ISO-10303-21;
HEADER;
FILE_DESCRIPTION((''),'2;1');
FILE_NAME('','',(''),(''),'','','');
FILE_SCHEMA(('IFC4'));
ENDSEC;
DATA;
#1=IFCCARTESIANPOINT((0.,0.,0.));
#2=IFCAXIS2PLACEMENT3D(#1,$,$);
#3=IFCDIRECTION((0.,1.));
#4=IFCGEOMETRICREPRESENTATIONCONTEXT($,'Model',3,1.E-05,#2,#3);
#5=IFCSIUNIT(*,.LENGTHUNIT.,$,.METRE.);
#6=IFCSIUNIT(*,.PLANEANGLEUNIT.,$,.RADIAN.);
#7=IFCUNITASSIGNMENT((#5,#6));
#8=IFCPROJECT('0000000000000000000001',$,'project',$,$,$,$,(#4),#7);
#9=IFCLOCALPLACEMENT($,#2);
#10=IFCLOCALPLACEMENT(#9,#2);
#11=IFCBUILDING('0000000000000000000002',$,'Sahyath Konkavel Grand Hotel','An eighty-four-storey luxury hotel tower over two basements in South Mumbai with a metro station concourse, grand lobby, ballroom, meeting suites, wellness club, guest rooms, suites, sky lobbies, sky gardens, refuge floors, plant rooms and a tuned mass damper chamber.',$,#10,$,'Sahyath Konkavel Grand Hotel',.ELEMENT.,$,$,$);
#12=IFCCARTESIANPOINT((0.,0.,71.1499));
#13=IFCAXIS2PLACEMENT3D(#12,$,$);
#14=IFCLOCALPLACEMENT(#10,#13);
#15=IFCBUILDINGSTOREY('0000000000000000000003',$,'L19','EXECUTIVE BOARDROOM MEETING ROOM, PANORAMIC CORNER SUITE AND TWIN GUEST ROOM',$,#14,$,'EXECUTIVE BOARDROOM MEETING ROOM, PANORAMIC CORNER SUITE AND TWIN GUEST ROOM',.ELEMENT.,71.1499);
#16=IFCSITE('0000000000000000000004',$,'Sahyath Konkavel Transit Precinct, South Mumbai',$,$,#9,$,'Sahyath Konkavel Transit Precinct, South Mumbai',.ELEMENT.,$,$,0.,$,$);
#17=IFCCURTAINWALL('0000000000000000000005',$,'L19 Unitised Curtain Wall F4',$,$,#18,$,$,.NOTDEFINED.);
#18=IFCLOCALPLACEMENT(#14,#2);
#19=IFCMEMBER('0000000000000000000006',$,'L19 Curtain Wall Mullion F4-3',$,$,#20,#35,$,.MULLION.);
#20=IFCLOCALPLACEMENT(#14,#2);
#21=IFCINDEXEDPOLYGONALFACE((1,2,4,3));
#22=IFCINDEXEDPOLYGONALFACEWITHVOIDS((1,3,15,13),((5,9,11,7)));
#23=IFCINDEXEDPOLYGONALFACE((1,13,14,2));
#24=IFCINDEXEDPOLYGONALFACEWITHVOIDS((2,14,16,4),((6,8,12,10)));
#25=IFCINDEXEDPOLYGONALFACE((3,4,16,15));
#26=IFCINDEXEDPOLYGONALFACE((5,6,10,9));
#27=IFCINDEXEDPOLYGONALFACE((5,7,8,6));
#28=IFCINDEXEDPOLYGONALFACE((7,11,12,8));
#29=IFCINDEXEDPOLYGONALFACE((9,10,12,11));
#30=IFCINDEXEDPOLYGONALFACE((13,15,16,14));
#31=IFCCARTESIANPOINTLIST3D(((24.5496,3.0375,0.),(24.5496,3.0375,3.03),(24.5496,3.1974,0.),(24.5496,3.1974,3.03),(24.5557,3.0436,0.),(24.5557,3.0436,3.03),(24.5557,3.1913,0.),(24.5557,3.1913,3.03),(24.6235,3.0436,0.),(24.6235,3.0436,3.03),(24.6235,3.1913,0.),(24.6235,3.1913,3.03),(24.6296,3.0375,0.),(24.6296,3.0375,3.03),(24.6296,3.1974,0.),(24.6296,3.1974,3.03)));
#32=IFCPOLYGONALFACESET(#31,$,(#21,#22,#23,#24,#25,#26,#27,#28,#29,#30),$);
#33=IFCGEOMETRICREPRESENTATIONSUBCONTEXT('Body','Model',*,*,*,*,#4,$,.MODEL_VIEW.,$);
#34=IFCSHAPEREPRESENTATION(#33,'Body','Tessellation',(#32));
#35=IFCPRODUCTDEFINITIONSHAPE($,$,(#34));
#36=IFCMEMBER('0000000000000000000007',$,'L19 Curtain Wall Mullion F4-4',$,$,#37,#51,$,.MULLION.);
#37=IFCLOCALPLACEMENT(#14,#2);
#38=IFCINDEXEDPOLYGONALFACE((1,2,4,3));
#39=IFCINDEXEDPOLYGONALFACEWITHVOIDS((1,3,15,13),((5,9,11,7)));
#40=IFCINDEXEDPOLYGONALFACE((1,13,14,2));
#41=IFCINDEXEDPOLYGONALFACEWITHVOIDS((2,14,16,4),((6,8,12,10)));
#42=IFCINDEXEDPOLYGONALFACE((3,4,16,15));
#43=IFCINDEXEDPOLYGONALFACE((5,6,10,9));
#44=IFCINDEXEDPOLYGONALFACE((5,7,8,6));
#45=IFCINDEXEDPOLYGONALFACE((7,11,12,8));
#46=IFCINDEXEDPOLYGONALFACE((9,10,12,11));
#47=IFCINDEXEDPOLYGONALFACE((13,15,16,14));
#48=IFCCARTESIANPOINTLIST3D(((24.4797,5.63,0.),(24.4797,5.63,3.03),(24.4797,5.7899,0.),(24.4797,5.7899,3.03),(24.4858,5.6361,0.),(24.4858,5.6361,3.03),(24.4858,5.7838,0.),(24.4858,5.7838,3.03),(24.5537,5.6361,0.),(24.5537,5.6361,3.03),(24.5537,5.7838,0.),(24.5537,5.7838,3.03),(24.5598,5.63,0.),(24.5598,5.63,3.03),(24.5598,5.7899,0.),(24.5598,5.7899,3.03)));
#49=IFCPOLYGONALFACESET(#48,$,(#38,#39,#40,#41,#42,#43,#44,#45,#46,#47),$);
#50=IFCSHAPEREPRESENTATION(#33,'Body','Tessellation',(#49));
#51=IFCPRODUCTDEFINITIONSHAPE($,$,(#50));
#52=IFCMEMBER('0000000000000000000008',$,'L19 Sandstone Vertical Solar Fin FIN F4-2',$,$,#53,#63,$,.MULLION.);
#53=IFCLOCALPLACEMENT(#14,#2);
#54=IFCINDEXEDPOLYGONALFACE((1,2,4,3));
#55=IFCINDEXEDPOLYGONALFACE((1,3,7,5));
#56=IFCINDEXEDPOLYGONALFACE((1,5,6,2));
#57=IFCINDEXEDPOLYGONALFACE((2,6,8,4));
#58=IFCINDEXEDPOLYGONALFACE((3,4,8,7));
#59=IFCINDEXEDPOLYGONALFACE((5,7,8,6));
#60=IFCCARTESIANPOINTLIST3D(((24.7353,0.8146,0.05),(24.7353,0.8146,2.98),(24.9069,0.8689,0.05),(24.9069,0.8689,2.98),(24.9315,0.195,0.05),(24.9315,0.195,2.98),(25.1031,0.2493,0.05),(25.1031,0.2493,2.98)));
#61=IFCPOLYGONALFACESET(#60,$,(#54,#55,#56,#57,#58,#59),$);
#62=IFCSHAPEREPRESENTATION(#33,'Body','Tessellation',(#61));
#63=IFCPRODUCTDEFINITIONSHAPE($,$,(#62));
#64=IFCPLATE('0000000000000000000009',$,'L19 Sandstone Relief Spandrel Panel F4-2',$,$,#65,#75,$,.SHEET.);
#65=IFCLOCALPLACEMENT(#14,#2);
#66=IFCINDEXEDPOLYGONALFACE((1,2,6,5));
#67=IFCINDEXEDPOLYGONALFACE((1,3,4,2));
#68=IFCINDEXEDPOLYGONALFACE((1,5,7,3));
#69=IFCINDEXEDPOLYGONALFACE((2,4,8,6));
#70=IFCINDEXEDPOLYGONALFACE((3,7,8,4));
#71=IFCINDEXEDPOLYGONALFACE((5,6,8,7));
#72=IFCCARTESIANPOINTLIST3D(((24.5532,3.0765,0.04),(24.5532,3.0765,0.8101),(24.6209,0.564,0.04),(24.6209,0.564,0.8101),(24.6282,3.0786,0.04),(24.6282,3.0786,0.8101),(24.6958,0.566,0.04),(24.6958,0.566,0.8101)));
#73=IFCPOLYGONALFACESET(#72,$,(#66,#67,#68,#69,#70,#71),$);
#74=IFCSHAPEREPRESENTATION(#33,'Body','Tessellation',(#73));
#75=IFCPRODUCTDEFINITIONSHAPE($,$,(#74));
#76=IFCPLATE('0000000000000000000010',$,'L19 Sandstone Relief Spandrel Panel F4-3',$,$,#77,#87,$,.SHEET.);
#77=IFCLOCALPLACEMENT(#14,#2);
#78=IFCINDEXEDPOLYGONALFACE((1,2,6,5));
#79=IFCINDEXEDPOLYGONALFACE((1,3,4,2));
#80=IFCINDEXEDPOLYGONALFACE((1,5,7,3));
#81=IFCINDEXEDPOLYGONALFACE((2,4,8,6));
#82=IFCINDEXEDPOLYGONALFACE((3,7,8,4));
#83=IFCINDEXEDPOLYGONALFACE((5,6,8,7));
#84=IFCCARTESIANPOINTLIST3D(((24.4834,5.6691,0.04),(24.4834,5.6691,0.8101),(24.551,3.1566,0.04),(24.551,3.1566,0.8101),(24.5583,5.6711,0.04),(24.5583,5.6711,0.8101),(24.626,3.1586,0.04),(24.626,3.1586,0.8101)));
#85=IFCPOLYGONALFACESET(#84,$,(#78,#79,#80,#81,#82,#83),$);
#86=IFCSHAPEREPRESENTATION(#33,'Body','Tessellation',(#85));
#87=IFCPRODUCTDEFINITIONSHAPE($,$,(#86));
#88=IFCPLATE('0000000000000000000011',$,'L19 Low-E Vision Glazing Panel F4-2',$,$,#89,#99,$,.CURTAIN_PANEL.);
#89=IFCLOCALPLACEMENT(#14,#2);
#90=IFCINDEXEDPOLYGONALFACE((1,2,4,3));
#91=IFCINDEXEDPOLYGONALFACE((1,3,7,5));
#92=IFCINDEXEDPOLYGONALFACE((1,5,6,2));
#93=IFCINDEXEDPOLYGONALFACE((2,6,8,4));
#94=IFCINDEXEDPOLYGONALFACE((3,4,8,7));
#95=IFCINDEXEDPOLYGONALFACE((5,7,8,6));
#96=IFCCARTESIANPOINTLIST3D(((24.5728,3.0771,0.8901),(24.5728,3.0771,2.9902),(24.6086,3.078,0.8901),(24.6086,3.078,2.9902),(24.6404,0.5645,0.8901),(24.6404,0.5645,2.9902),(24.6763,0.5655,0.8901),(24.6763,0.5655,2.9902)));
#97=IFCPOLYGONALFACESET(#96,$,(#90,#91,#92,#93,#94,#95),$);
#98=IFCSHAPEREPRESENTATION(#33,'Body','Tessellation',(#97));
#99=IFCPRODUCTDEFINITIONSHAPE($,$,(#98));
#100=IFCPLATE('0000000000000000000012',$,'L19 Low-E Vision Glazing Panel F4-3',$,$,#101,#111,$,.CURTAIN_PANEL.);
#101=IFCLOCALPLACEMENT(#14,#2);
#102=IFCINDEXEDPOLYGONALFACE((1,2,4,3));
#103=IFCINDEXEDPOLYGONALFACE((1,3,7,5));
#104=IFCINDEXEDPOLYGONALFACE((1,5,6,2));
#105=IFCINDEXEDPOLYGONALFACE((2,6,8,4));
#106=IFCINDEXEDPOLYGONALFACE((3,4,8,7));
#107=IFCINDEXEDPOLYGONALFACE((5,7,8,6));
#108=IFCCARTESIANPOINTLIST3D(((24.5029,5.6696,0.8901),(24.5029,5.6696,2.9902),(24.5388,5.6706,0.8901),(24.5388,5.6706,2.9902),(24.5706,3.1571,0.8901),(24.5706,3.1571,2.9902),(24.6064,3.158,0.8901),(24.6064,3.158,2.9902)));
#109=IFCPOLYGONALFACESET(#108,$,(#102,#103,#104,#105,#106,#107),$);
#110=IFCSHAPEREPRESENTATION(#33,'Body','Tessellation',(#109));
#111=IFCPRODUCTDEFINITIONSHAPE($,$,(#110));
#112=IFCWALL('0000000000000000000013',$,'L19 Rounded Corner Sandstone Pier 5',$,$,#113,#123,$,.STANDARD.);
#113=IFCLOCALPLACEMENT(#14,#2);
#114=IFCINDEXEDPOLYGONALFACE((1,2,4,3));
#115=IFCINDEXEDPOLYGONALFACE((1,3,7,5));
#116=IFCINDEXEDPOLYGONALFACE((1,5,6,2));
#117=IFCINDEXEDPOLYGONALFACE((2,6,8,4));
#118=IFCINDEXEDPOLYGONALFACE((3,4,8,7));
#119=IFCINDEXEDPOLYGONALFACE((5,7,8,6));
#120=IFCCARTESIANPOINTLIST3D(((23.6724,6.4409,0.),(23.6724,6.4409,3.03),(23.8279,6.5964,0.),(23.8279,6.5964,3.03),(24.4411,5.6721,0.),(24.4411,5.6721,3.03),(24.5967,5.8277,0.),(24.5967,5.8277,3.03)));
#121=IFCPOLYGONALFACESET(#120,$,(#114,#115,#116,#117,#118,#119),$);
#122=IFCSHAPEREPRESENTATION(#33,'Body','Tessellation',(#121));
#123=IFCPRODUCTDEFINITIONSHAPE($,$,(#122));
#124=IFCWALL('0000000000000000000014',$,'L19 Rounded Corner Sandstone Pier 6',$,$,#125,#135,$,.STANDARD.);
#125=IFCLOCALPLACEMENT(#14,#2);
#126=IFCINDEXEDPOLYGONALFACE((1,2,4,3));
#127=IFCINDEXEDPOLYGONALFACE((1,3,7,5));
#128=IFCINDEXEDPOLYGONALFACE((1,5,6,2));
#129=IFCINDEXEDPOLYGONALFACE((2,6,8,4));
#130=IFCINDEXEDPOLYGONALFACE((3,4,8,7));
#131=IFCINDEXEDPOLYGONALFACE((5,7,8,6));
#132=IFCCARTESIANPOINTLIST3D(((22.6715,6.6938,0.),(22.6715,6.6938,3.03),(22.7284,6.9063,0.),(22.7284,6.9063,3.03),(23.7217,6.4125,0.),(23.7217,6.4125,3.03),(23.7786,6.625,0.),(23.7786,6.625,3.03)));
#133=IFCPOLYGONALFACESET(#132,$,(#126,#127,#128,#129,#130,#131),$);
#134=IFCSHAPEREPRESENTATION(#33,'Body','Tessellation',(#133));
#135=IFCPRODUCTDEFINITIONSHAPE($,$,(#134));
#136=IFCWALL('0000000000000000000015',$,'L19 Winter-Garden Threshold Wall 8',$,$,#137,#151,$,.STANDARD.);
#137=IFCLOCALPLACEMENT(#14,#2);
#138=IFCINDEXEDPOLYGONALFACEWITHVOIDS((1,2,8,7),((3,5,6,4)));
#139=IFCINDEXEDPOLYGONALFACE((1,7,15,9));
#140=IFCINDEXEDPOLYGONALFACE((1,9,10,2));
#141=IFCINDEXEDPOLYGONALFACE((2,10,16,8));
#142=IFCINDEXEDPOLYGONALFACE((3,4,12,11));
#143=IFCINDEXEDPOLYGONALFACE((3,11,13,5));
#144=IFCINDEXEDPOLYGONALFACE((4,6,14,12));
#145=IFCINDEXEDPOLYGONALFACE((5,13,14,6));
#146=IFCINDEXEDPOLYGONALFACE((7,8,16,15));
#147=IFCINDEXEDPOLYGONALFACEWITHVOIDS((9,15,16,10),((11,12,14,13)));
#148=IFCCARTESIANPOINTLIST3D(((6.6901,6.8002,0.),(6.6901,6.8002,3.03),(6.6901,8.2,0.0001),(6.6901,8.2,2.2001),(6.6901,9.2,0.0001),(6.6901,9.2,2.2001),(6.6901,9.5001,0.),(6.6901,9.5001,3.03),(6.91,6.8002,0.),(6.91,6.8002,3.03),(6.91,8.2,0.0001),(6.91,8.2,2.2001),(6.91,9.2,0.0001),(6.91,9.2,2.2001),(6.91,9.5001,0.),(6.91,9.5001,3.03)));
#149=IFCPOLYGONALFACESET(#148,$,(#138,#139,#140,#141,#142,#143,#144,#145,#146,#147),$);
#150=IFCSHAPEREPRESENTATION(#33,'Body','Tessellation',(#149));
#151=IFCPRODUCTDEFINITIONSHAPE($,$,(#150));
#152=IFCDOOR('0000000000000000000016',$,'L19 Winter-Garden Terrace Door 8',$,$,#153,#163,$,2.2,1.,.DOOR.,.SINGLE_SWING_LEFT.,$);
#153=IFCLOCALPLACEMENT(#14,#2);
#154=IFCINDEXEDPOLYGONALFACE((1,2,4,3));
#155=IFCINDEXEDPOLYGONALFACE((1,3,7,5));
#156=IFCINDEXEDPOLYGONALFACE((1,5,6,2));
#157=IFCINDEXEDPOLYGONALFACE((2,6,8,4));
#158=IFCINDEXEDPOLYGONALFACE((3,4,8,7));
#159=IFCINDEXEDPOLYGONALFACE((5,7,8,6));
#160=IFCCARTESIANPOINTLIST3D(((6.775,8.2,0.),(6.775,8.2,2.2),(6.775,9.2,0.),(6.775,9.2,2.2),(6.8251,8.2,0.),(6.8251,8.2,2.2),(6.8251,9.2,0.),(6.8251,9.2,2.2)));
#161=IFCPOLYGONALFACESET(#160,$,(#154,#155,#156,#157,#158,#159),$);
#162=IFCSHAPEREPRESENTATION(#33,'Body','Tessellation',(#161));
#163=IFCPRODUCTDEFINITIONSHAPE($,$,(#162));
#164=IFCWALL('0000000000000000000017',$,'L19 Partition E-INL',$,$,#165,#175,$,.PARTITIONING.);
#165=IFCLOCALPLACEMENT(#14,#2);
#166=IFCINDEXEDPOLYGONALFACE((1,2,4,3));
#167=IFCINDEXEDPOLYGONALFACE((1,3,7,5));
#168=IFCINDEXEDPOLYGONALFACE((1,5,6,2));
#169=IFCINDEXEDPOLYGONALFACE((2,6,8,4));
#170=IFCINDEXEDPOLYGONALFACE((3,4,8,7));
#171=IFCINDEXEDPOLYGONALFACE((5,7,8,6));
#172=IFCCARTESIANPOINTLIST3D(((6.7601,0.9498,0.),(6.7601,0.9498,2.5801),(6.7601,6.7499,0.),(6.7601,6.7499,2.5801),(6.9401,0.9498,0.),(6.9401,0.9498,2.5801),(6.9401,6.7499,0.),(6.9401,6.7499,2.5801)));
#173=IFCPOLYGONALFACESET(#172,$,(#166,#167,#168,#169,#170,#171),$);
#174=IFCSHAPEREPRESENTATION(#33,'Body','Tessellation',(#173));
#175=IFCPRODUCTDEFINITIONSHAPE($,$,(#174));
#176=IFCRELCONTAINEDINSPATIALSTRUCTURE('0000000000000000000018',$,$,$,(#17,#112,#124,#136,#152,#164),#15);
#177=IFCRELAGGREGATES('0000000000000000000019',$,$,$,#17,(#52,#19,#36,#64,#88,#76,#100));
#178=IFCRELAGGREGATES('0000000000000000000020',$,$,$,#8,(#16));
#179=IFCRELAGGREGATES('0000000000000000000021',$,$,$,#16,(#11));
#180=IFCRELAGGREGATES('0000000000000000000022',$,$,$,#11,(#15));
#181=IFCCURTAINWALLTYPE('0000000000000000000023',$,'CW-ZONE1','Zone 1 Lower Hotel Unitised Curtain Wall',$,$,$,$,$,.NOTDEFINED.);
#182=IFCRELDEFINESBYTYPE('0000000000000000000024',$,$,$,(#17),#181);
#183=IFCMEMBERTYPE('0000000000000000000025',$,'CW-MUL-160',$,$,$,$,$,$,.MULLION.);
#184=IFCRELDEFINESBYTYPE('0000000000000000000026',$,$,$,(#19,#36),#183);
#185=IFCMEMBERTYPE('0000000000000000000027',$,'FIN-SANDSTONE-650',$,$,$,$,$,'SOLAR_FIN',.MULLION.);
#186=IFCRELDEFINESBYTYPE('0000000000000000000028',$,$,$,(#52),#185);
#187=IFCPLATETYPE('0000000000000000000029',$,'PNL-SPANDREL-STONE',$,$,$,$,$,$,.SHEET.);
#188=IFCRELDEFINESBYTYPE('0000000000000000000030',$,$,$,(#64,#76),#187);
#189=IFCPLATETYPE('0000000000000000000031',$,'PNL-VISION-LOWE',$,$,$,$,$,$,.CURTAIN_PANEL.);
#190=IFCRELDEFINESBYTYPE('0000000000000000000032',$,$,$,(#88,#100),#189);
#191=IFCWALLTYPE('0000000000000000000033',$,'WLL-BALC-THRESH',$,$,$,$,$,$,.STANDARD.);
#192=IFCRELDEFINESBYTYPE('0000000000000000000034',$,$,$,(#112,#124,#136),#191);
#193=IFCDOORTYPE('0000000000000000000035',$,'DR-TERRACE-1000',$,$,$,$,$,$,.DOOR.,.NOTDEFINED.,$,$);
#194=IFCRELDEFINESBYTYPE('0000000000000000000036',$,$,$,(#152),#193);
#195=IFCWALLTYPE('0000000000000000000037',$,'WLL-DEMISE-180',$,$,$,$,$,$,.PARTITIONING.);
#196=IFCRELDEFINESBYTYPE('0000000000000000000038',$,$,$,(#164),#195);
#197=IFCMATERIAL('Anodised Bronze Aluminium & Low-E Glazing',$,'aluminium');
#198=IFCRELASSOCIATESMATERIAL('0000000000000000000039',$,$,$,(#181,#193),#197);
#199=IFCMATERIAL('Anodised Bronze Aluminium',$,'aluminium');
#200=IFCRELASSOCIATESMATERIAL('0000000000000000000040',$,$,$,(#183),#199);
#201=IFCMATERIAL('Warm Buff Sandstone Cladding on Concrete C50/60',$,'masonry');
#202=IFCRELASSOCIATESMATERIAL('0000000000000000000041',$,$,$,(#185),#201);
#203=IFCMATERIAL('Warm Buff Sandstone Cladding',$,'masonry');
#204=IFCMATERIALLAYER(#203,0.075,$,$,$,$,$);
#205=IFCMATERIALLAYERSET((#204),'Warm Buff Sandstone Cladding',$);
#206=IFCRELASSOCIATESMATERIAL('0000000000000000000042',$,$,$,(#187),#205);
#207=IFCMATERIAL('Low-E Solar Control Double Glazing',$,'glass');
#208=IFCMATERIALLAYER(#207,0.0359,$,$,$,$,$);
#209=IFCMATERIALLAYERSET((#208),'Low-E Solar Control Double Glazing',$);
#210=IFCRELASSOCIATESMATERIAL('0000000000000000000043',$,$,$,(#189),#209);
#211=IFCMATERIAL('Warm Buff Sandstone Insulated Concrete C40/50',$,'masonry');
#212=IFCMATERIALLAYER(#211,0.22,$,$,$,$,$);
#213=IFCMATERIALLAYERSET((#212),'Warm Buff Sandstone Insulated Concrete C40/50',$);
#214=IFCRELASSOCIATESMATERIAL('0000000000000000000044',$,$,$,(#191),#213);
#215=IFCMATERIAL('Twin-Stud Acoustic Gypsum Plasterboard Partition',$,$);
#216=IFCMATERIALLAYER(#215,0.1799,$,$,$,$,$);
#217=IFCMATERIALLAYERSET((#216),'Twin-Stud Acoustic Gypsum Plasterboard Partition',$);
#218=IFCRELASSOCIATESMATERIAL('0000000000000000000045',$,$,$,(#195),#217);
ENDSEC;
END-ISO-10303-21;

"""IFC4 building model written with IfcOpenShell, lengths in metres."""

from ifc_helpers import new_model, si_unit, direction, frame, frame_2d, origin, origin_2d, place, context, subcontext, project, spatial, rectangle, hollow_rectangle, extrude, source, transform, mapped, material, layer, layer_set, material_profile, profile_set, type_object, element, fill, aggregate, save


model = new_model("IFC4")

# Units and contexts
model_context = context("Model", 3, precision=1e-05, world=origin(), true_north=direction((0.0, 1.0)))
body_context = subcontext(model_context, "Body", "Model", "MODEL_VIEW")
ifc_project = project(units=[si_unit("LENGTHUNIT", "METRE"), si_unit("PLANEANGLEUNIT", "RADIAN")], contexts=[model_context])

# Site, building, storey
site_placement = place(None, origin())
site = spatial("IfcSite", under=ifc_project, at=site_placement, Name="Sahyath Konkavel Transit Precinct, South Mumbai", LongName="Sahyath Konkavel Transit Precinct, South Mumbai", CompositionType="ELEMENT", RefElevation=0.0)
building_placement = place(site_placement, origin())
building = spatial("IfcBuilding", under=site, at=building_placement, Name="Sahyath Konkavel Grand Hotel", Description="An eighty-four-storey luxury hotel tower over two basements in South Mumbai with a metro station concourse, grand lobby, ballroom, meeting suites, wellness club, guest rooms, suites, sky lobbies, sky gardens, refuge floors, plant rooms and a tuned mass damper chamber.", LongName="Sahyath Konkavel Grand Hotel", CompositionType="ELEMENT")
storey_placement = place(building_placement, frame((0.0, 0.0, 71.1499)))
storey = spatial("IfcBuildingStorey", under=building, at=storey_placement, Name="L19", Description="EXECUTIVE BOARDROOM MEETING ROOM, PANORAMIC CORNER SUITE AND TWIN GUEST ROOM", LongName="EXECUTIVE BOARDROOM MEETING ROOM, PANORAMIC CORNER SUITE AND TWIN GUEST ROOM", CompositionType="ELEMENT", Elevation=71.1499)

# Curtain wall
ifc_material_1 = material(Name="Anodised Bronze Aluminium & Low-E Glazing", Category="aluminium")
curtain_wall_type = type_object("IfcCurtainWallType", Name="CW-ZONE1", Description="Zone 1 Lower Hotel Unitised Curtain Wall", PredefinedType="NOTDEFINED", material=ifc_material_1)
curtain_wall_placement = place(storey_placement, origin())
curtain_wall = element("IfcCurtainWall", 1, at=curtain_wall_placement, inside=storey, type_object=curtain_wall_type, Name="L19 Unitised Curtain Wall F4", PredefinedType="NOTDEFINED")
ifc_material_2 = material(Name="Anodised Bronze Aluminium", Category="aluminium")

# Members
ifc_material_profile_1 = material_profile(ifc_material_2, hollow_rectangle(XDim=0.0801, YDim=0.1599, WallThickness=0.0061, at=origin_2d()), Name="RHS 160x80x6")
ifc_profile_set_1 = profile_set([ifc_material_profile_1], Name="Anodised Bronze Aluminium")
member_type_1 = type_object("IfcMemberType", Name="CW-MUL-160", PredefinedType="MULLION", material=ifc_profile_set_1)
shared_shape_1 = source(origin(), body_context, "Body", "SweptSolid", [
    extrude(hollow_rectangle(XDim=0.0801, YDim=0.1599, WallThickness=0.0061, at=origin_2d()), origin(), (0.0, 0.0, 1.0), 3.03),
])
member_1_placement = place(storey_placement, frame((24.5896, 3.1174, 0.0), z_axis=(0.0, 0.0, 1.0), x_axis=(1.0, 0.0, 0.0)))
member_1 = element("IfcMember", 2, at=member_1_placement, type_object=member_type_1, Name="L19 Curtain Wall Mullion F4-3", PredefinedType="MULLION", context=body_context, shape_type="MappedRepresentation", body=[
    mapped(shared_shape_1, transform((0.0, 0.0, 0.0), scale=1.0)),
])
member_2_placement = place(storey_placement, frame((24.5198, 5.71, 0.0), z_axis=(0.0, 0.0, 1.0), x_axis=(1.0, 0.0, 0.0)))
member_2 = element("IfcMember", 3, at=member_2_placement, type_object=member_type_1, Name="L19 Curtain Wall Mullion F4-4", PredefinedType="MULLION", context=body_context, shape_type="MappedRepresentation", body=[
    mapped(shared_shape_1, transform((0.0, 0.0, 0.0), scale=1.0)),
])
ifc_material_3 = material(Name="Warm Buff Sandstone Cladding on Concrete C50/60", Category="masonry")
ifc_material_profile_2 = material_profile(ifc_material_3, rectangle(XDim=0.1799, YDim=0.6499, at=origin_2d()), Name="FIN 180x650")
ifc_profile_set_2 = profile_set([ifc_material_profile_2], Name="Warm Buff Sandstone Cladding on Concrete C50/60")
member_type_2 = type_object("IfcMemberType", Name="FIN-SANDSTONE-650", ElementType="SOLAR_FIN", PredefinedType="MULLION", material=ifc_profile_set_2)
shared_shape_2 = source(origin(), body_context, "Body", "SweptSolid", [
    extrude(rectangle(XDim=0.1799, YDim=0.6499, at=origin_2d()), origin(), (0.0, 0.0, 1.0), 2.9299),
])
member_3_placement = place(storey_placement, frame((24.9192, 0.532, 0.05), z_axis=(0.0, 0.0, 1.0), x_axis=(0.953349, 0.301871, 0.0)))
member_3 = element("IfcMember", 4, at=member_3_placement, type_object=member_type_2, Name="L19 Sandstone Vertical Solar Fin FIN F4-2", PredefinedType="MULLION", context=body_context, shape_type="MappedRepresentation", body=[
    mapped(shared_shape_2, transform((0.0, 0.0, 0.0), scale=1.0)),
])

# Plates
ifc_material_4 = material(Name="Warm Buff Sandstone Cladding", Category="masonry")
ifc_layer_1 = layer(ifc_material_4, 0.075)
ifc_layer_set_1 = layer_set([ifc_layer_1], Name="Warm Buff Sandstone Cladding")
plate_type_1 = type_object("IfcPlateType", Name="PNL-SPANDREL-STONE", PredefinedType="SHEET", material=ifc_layer_set_1)
shared_shape_3 = source(origin(), body_context, "Body", "SweptSolid", [
    extrude(rectangle(XDim=2.5134, YDim=0.075, at=origin_2d()), origin(), (0.0, 0.0, 1.0), 0.77),
])
plate_1_placement = place(storey_placement, frame((24.6245, 1.8213, 0.04), z_axis=(0.0, 0.0, 1.0), x_axis=(-0.02691, 0.999638, 0.0)))
plate_1 = element("IfcPlate", 5, at=plate_1_placement, type_object=plate_type_1, Name="L19 Sandstone Relief Spandrel Panel F4-2", PredefinedType="SHEET", context=body_context, shape_type="MappedRepresentation", body=[
    mapped(shared_shape_3, transform((0.0, 0.0, 0.0), scale=1.0)),
])
plate_2_placement = place(storey_placement, frame((24.5547, 4.4138, 0.04), z_axis=(0.0, 0.0, 1.0), x_axis=(-0.02691, 0.999638, 0.0)))
plate_2 = element("IfcPlate", 6, at=plate_2_placement, type_object=plate_type_1, Name="L19 Sandstone Relief Spandrel Panel F4-3", PredefinedType="SHEET", context=body_context, shape_type="MappedRepresentation", body=[
    mapped(shared_shape_3, transform((0.0, 0.0, 0.0), scale=1.0)),
])
ifc_material_5 = material(Name="Low-E Solar Control Double Glazing", Category="glass")
ifc_layer_2 = layer(ifc_material_5, 0.0359)
ifc_layer_set_2 = layer_set([ifc_layer_2], Name="Low-E Solar Control Double Glazing")
plate_type_2 = type_object("IfcPlateType", Name="PNL-VISION-LOWE", PredefinedType="CURTAIN_PANEL", material=ifc_layer_set_2)
shared_shape_4 = source(origin(), body_context, "Body", "SweptSolid", [
    extrude(rectangle(XDim=2.5134, YDim=0.0359, at=origin_2d()), origin(), (0.0, 0.0, 1.0), 2.1001),
])
plate_3_placement = place(storey_placement, frame((24.6245, 1.8213, 0.8901), z_axis=(0.0, 0.0, 1.0), x_axis=(-0.02691, 0.999638, 0.0)))
plate_3 = element("IfcPlate", 7, at=plate_3_placement, type_object=plate_type_2, Name="L19 Low-E Vision Glazing Panel F4-2", PredefinedType="CURTAIN_PANEL", context=body_context, shape_type="MappedRepresentation", body=[
    mapped(shared_shape_4, transform((0.0, 0.0, 0.0), scale=1.0)),
])
plate_4_placement = place(storey_placement, frame((24.5547, 4.4138, 0.8901), z_axis=(0.0, 0.0, 1.0), x_axis=(-0.02691, 0.999638, 0.0)))
plate_4 = element("IfcPlate", 8, at=plate_4_placement, type_object=plate_type_2, Name="L19 Low-E Vision Glazing Panel F4-3", PredefinedType="CURTAIN_PANEL", context=body_context, shape_type="MappedRepresentation", body=[
    mapped(shared_shape_4, transform((0.0, 0.0, 0.0), scale=1.0)),
])
aggregate(curtain_wall, [member_3, member_1, member_2, plate_1, plate_3, plate_2, plate_4])

# Walls
ifc_material_6 = material(Name="Warm Buff Sandstone Insulated Concrete C40/50", Category="masonry")
ifc_layer_3 = layer(ifc_material_6, 0.22)
ifc_layer_set_3 = layer_set([ifc_layer_3], Name="Warm Buff Sandstone Insulated Concrete C40/50")
wall_type_1 = type_object("IfcWallType", Name="WLL-BALC-THRESH", PredefinedType="STANDARD", material=ifc_layer_set_3)
for number, where, z_axis, x_axis, name in (
    (9, (24.5188, 5.75, 0.0), (0.0, 0.0, 1.0), (-0.707107, 0.707107, 0.0), "L19 Rounded Corner Sandstone Pier 5"),
    (10, (23.75, 6.5188, 0.0), (0.0, 0.0, 1.0), (-0.965951, 0.258725, 0.0), "L19 Rounded Corner Sandstone Pier 6"),
):
    element("IfcWall", number, at=place(storey_placement, frame(where, z_axis=z_axis, x_axis=x_axis)), inside=storey, type_object=wall_type_1, Name=name, PredefinedType="STANDARD", context=body_context, shape_type="SweptSolid", body=[
        extrude(rectangle(XDim=1.0872, YDim=0.22, at=frame_2d((0.5435, 0.0))), origin(), (0.0, 0.0, 1.0), 3.03),
    ])

# Wall, opening, door
wall_1_placement = place(storey_placement, frame((6.8, 6.8, 0.0), z_axis=(0.0, 0.0, 1.0), x_axis=(0.0, 1.0, 0.0)))
wall_1 = element("IfcWall", 11, at=wall_1_placement, inside=storey, type_object=wall_type_1, Name="L19 Winter-Garden Threshold Wall 8", PredefinedType="STANDARD", context=body_context, shape_type="SweptSolid", body=[
    extrude(rectangle(XDim=2.7, YDim=0.22, at=frame_2d((1.3501, 0.0))), origin(), (0.0, 0.0, 1.0), 3.03),
])
opening_1_placement = place(wall_1_placement, frame((1.3999, 0.0, 0.0)))
opening_1 = element("IfcOpeningElement", 12, at=opening_1_placement, cuts=wall_1, PredefinedType="OPENING", context=body_context, shape_type="SweptSolid", body=[
    extrude(rectangle(XDim=1.0, YDim=2.2, at=frame_2d((0.5, 1.1001))), frame((0.0, 0.1201, 0.0), z_axis=(0.0, -1.0, 0.0), x_axis=(1.0, 0.0, 0.0)), (0.0, 0.0, 1.0), 0.24),
])
door_type_1 = type_object("IfcDoorType", Name="DR-TERRACE-1000", OperationType="NOTDEFINED", PredefinedType="DOOR", material=ifc_material_1)
shared_shape_5 = source(origin(), body_context, "Body", "SweptSolid", [
    extrude(rectangle(XDim=1.0, YDim=0.05, at=origin_2d()), origin(), (0.0, 0.0, 1.0), 2.2),
])
door_1_placement = place(opening_1_placement, frame((0.5, 0.0, 0.0)))
door_1 = element("IfcDoor", 13, at=door_1_placement, inside=storey, type_object=door_type_1, Name="L19 Winter-Garden Terrace Door 8", OperationType="SINGLE_SWING_LEFT", OverallHeight=2.2, OverallWidth=1.0, PredefinedType="DOOR", context=body_context, shape_type="MappedRepresentation", body=[
    mapped(shared_shape_5, transform((0.0, 0.0, 0.0), scale=1.0)),
])
fill(opening_1, door_1)

# Wall
ifc_material_7 = material(Name="Twin-Stud Acoustic Gypsum Plasterboard Partition")
ifc_layer_4 = layer(ifc_material_7, 0.1799)
ifc_layer_set_4 = layer_set([ifc_layer_4], Name="Twin-Stud Acoustic Gypsum Plasterboard Partition")
wall_type_2 = type_object("IfcWallType", Name="WLL-DEMISE-180", PredefinedType="PARTITIONING", material=ifc_layer_set_4)
for number, where, z_axis, x_axis, name in (
    (14, (6.8501, 0.95, 0.0), (0.0, 0.0, 1.0), (0.0, 1.0, 0.0), "L19 Partition E-INL"),
):
    element("IfcWall", number, at=place(storey_placement, frame(where, z_axis=z_axis, x_axis=x_axis)), inside=storey, type_object=wall_type_2, Name=name, PredefinedType="PARTITIONING", context=body_context, shape_type="SweptSolid", body=[
        extrude(rectangle(XDim=5.8, YDim=0.1799, at=frame_2d((2.8999, 0.0))), origin(), (0.0, 0.0, 1.0), 2.5801),
    ])

save(model, "model.ifc")
